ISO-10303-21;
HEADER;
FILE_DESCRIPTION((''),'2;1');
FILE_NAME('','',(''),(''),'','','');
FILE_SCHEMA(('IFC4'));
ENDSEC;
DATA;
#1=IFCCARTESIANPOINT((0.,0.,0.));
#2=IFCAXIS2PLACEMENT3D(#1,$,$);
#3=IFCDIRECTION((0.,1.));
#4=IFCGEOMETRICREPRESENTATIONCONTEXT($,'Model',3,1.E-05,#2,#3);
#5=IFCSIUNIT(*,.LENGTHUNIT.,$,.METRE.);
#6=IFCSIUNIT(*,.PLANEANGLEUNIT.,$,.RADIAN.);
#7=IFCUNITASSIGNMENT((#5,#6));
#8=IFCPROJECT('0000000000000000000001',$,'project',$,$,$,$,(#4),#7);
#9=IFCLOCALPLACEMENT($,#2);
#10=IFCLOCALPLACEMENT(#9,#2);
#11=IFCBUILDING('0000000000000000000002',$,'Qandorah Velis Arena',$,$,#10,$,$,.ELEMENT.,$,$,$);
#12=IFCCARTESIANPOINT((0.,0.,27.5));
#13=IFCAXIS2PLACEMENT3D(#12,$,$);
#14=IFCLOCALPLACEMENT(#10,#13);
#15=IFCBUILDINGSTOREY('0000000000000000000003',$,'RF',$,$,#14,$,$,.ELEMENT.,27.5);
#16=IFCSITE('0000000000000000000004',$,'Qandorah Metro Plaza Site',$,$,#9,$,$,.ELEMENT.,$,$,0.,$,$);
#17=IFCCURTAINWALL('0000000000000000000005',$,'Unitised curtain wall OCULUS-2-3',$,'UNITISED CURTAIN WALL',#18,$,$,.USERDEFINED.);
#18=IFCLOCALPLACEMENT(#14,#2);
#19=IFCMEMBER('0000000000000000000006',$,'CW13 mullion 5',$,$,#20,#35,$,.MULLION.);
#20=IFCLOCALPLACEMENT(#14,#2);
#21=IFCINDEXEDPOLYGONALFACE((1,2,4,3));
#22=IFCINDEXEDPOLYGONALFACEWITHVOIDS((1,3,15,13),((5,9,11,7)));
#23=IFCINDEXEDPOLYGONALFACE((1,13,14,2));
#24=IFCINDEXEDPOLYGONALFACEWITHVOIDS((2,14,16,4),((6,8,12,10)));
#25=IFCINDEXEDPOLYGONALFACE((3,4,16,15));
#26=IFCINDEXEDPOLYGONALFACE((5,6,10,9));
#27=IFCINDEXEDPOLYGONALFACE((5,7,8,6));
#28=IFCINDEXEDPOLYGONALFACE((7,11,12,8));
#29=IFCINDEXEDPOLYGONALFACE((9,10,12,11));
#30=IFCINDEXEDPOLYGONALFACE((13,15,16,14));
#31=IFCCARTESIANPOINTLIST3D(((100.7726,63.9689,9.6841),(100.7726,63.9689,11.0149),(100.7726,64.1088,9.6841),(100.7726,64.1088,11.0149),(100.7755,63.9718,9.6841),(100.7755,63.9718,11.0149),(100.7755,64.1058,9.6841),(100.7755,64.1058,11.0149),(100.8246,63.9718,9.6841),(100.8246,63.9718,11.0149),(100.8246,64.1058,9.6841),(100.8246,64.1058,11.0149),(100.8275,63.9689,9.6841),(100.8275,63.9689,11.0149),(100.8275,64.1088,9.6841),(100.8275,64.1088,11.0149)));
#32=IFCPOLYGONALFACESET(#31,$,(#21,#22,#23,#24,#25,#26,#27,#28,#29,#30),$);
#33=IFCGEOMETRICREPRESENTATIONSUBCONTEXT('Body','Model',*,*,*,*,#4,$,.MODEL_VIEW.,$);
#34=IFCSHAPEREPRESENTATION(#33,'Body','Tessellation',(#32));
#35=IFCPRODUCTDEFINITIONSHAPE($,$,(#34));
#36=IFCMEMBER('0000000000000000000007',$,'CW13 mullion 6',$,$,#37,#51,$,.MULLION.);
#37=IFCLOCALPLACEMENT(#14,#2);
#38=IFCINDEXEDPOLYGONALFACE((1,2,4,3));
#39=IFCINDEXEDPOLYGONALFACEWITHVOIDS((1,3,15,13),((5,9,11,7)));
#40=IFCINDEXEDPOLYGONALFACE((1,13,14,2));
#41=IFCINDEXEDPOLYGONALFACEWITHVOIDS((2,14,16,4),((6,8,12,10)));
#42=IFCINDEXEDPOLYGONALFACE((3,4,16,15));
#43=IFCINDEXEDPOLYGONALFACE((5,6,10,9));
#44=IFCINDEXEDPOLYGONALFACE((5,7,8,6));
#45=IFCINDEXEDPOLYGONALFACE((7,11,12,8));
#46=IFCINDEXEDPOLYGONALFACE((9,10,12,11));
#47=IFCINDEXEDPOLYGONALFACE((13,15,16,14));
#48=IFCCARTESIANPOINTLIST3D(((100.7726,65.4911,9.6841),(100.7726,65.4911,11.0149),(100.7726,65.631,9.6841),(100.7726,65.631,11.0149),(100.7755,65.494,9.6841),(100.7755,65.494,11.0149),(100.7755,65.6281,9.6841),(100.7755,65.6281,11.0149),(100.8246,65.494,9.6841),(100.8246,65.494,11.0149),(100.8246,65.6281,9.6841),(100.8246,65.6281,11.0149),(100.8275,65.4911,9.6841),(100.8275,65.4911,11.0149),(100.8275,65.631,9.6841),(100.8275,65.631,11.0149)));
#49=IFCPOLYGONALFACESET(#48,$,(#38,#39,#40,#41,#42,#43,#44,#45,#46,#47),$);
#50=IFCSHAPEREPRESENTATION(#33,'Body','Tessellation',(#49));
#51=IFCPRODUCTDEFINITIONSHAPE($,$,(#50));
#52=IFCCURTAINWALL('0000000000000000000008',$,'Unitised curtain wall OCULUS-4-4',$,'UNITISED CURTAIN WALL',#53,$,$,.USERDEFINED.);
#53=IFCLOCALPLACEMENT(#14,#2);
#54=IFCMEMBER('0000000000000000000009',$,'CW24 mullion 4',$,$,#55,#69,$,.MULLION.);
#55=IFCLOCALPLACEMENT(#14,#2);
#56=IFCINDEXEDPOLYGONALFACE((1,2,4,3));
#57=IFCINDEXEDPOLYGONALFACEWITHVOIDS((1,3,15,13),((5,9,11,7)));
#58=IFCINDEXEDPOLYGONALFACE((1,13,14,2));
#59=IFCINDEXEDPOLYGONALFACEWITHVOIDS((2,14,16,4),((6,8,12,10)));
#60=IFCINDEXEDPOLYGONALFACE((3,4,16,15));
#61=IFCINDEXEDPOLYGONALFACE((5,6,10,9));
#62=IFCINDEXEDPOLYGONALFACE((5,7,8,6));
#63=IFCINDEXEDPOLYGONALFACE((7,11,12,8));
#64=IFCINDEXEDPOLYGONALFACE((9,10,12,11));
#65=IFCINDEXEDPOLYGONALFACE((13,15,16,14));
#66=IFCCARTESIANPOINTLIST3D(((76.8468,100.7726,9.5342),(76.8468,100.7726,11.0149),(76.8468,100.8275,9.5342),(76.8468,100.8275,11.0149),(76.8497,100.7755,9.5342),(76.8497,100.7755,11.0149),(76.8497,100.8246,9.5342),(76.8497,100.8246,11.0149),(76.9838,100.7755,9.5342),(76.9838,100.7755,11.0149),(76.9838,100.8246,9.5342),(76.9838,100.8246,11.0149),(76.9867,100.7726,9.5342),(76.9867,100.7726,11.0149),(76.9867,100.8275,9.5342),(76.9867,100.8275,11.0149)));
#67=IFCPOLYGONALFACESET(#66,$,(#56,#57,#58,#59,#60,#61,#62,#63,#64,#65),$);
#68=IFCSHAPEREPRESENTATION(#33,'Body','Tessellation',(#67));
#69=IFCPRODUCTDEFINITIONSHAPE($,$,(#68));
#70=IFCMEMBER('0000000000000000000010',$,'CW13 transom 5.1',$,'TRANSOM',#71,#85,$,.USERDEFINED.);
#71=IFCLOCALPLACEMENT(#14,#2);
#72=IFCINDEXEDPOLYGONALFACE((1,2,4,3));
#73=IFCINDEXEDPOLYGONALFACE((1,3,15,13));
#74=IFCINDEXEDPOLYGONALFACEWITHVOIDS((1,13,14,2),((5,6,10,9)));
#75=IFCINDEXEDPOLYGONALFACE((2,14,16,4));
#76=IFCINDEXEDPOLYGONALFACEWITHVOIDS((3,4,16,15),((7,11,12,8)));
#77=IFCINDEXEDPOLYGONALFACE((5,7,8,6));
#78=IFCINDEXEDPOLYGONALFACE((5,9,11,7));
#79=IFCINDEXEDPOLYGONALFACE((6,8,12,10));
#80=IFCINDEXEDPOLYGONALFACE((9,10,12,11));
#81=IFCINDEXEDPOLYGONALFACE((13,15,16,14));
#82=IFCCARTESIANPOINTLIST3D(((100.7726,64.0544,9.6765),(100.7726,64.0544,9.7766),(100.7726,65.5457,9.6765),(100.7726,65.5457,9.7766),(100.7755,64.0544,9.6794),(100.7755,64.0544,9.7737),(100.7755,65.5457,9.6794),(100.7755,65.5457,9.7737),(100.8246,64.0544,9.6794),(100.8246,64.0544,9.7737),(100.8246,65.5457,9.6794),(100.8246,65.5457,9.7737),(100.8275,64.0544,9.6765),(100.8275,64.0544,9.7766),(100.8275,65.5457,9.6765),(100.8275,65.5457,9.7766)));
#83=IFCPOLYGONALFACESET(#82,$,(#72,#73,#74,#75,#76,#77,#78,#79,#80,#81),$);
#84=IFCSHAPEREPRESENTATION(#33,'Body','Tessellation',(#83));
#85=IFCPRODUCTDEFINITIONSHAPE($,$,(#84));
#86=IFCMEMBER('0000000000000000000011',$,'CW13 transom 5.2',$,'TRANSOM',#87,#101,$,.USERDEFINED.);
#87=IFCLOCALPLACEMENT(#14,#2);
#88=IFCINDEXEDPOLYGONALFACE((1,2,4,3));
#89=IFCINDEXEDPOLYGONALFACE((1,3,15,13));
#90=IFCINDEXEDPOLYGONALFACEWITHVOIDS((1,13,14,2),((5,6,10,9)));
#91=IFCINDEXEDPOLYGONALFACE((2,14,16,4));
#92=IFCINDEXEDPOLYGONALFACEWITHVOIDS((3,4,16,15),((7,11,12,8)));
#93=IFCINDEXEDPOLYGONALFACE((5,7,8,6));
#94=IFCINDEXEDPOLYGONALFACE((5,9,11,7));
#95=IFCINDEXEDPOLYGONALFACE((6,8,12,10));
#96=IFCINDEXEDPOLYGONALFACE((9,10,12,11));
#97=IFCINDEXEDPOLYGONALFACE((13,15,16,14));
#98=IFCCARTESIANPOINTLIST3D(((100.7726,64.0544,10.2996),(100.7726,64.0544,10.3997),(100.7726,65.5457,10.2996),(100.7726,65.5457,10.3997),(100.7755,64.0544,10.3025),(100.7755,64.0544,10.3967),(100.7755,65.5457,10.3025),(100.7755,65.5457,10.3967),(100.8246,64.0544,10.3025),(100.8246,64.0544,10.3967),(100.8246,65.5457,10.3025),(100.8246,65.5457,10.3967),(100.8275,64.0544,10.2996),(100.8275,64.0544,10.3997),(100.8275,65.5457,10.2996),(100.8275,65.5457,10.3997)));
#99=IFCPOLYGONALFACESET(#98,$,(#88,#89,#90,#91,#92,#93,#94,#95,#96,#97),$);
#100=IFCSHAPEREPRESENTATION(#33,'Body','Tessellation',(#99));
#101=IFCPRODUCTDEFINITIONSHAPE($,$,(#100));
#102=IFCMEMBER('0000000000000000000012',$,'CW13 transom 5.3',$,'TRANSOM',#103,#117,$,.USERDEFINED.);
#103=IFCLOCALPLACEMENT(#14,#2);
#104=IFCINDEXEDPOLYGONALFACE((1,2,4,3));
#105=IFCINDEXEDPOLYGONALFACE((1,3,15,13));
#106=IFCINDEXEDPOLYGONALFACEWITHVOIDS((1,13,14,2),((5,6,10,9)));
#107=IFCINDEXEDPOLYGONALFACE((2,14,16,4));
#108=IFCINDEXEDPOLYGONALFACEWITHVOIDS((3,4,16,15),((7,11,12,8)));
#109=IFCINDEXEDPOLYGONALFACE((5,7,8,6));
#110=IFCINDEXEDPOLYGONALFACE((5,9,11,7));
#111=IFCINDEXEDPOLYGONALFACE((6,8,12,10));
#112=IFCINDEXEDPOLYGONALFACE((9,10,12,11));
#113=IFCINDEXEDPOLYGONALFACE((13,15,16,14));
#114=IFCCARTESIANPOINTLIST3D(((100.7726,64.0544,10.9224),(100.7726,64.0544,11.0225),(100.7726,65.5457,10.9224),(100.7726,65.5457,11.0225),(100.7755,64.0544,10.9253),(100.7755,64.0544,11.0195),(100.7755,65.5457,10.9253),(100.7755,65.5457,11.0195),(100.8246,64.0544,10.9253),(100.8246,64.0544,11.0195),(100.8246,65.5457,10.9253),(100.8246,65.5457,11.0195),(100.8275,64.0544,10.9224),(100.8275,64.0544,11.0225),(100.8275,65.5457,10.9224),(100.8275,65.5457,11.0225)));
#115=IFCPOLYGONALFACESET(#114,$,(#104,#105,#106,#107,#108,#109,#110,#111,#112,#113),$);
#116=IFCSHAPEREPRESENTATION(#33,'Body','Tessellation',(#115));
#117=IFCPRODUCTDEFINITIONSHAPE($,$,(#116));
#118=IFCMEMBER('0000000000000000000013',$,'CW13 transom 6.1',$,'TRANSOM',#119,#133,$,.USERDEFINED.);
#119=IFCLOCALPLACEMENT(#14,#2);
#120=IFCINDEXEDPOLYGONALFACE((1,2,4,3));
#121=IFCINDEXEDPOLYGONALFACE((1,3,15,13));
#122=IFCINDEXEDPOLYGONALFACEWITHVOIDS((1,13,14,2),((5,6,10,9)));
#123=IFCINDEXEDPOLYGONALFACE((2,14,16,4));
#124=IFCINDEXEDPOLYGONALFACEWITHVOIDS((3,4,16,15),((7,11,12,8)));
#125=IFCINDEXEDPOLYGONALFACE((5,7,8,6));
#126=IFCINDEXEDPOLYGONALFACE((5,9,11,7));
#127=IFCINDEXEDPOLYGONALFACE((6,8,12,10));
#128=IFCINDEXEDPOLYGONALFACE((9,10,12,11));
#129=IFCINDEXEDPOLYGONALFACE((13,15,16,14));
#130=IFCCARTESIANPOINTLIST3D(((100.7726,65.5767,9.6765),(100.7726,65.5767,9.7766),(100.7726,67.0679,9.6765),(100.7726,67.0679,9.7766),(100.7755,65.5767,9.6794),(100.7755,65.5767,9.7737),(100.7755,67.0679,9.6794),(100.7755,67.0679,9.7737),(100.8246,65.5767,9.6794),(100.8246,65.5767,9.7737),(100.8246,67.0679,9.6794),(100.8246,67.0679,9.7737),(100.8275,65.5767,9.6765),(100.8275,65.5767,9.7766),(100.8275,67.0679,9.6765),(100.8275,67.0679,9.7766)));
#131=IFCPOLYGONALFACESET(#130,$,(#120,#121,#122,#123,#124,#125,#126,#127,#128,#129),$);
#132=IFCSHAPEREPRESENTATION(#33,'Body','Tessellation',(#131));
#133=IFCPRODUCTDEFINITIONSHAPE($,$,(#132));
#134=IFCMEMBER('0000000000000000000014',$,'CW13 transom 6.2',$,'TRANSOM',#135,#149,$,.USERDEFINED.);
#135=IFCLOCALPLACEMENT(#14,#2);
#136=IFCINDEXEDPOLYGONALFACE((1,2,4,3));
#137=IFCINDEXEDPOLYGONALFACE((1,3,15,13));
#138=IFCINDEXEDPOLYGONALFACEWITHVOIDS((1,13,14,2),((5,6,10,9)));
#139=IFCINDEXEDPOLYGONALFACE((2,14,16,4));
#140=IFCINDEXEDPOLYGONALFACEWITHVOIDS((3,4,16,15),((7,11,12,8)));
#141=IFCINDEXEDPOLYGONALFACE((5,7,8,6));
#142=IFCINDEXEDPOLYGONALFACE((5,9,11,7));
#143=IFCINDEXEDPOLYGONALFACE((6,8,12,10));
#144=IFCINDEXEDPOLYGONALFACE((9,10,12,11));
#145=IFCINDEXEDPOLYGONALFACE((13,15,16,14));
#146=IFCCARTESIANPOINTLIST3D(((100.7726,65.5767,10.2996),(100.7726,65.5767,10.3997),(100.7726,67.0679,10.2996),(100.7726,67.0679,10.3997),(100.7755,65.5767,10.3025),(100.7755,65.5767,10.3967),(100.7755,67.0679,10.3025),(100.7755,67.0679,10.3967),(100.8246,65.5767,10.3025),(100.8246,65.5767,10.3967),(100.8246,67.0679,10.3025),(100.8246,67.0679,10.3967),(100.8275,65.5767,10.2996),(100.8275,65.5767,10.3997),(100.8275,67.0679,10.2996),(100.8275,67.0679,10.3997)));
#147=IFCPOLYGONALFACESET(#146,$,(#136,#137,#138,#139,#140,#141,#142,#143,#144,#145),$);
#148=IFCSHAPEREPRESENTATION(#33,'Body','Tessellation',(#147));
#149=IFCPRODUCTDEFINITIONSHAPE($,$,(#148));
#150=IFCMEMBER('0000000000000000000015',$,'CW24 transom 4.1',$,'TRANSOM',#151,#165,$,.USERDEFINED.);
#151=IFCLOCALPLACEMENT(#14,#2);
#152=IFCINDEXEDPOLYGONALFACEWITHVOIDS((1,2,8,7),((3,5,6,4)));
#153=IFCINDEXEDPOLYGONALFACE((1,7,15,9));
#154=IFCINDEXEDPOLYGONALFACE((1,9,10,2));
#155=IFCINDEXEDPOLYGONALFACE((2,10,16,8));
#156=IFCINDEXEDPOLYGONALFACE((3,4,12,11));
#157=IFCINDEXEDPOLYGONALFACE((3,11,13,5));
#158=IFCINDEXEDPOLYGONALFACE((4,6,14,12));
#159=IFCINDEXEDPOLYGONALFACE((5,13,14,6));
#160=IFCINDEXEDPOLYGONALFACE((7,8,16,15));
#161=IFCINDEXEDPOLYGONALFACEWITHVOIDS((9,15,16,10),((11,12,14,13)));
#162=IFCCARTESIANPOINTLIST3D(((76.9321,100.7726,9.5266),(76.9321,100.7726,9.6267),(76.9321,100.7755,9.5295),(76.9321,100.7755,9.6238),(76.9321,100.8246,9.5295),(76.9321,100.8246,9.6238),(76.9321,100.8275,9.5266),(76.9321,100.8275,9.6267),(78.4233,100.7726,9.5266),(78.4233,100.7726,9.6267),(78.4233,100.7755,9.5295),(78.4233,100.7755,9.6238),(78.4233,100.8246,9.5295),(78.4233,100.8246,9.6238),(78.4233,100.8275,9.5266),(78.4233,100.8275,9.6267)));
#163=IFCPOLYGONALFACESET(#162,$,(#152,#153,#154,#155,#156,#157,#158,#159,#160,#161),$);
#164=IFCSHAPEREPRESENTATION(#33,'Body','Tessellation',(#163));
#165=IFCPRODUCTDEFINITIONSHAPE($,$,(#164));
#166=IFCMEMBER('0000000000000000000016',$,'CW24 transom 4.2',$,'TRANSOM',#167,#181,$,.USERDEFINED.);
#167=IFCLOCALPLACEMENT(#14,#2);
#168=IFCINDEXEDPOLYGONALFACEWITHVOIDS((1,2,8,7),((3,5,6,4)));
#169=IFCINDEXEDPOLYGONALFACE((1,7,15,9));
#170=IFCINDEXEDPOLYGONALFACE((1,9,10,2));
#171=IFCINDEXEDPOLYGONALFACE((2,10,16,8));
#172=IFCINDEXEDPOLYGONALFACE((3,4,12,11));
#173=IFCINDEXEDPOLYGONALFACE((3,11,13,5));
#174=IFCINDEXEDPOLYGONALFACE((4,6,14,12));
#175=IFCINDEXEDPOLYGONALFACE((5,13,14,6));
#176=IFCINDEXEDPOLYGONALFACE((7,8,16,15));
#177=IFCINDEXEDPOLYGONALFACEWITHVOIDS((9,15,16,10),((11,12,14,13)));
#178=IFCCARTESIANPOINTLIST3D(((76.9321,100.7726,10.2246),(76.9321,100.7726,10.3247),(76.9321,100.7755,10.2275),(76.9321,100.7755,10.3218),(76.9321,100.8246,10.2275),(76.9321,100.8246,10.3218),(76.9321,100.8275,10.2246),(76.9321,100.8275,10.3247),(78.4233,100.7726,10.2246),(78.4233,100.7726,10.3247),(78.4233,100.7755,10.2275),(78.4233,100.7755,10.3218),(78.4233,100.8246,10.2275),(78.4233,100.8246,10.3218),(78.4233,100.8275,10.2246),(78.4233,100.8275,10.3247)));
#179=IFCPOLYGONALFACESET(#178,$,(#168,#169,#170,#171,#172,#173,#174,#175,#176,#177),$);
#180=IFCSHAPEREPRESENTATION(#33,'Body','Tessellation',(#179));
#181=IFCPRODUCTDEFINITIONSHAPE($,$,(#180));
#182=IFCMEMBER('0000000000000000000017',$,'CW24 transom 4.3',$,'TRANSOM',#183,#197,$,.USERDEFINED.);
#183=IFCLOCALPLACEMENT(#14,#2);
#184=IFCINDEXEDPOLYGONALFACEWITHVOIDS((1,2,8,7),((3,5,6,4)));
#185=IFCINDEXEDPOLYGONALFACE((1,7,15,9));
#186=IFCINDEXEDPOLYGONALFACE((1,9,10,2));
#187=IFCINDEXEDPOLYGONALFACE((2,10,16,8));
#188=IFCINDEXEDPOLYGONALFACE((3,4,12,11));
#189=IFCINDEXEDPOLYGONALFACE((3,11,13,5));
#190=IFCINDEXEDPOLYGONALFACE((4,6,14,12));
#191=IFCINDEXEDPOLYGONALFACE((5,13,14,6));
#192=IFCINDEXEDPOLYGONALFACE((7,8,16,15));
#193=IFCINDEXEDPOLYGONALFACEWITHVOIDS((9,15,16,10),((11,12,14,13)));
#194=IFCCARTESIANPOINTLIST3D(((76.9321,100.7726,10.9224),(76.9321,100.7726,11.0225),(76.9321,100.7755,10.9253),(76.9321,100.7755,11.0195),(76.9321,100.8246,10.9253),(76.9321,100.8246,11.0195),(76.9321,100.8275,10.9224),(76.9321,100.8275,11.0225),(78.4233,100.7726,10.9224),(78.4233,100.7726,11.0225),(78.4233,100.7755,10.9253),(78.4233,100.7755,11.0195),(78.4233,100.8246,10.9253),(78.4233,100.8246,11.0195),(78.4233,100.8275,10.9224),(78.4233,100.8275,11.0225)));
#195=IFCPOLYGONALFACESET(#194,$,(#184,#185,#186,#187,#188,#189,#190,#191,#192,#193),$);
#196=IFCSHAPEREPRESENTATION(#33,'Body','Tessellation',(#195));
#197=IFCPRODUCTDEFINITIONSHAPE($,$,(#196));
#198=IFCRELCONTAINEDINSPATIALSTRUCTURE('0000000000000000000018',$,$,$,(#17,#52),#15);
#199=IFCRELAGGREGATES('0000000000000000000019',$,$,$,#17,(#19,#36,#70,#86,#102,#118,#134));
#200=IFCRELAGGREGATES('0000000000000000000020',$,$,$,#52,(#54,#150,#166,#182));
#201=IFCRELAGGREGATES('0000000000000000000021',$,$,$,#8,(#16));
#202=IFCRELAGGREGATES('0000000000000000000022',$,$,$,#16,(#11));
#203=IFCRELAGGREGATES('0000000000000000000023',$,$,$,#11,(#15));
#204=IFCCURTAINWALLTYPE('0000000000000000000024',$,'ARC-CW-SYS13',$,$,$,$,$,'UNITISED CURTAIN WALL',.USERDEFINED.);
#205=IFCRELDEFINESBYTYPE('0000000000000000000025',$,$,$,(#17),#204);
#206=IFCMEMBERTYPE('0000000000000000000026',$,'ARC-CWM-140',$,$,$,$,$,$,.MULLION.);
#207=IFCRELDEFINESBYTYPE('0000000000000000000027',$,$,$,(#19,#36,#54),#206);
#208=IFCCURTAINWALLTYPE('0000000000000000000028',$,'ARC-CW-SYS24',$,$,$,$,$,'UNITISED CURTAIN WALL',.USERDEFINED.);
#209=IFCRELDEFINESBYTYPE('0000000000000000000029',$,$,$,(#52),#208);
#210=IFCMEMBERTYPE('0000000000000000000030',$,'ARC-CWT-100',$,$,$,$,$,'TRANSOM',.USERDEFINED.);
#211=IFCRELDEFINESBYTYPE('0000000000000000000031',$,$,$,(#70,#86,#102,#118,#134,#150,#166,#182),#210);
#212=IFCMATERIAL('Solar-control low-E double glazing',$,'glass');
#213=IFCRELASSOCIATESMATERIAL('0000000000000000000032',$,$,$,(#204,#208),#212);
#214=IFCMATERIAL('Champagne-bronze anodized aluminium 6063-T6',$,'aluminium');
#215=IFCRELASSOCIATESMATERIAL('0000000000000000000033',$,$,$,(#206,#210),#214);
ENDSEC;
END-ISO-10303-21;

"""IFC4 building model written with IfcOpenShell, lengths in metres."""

from ifc_helpers import new_model, si_unit, direction, frame, origin, origin_2d, place, context, subcontext, project, spatial, hollow_rectangle, extrude, material, material_profile, profile_set, type_object, element, aggregate, save


model = new_model("IFC4")

# Units and contexts
model_context = context("Model", 3, precision=1e-05, world=origin(), true_north=direction((0.0, 1.0)))
body_context = subcontext(model_context, "Body", "Model", "MODEL_VIEW")
ifc_project = project(units=[si_unit("LENGTHUNIT", "METRE"), si_unit("PLANEANGLEUNIT", "RADIAN")], contexts=[model_context])

# Site, building, storey
site_placement = place(None, origin())
site = spatial("IfcSite", under=ifc_project, at=site_placement, Name="Qandorah Metro Plaza Site", CompositionType="ELEMENT", RefElevation=0.0)
building_placement = place(site_placement, origin())
building = spatial("IfcBuilding", under=site, at=building_placement, Name="Qandorah Velis Arena", CompositionType="ELEMENT")
storey_placement = place(building_placement, frame((0.0, 0.0, 27.5)))
storey = spatial("IfcBuildingStorey", under=building, at=storey_placement, Name="RF", CompositionType="ELEMENT", Elevation=27.5)

# Curtain wall, members
ifc_material_1 = material(Name="Solar-control low-E double glazing", Category="glass")
curtain_wall_type_1 = type_object("IfcCurtainWallType", Name="ARC-CW-SYS13", ElementType="UNITISED CURTAIN WALL", PredefinedType="USERDEFINED", material=ifc_material_1)
curtain_wall_1_placement = place(storey_placement, origin())
curtain_wall_1 = element("IfcCurtainWall", 1, at=curtain_wall_1_placement, inside=storey, type_object=curtain_wall_type_1, Name="Unitised curtain wall OCULUS-2-3", ObjectType="UNITISED CURTAIN WALL", PredefinedType="USERDEFINED")
ifc_material_2 = material(Name="Champagne-bronze anodized aluminium 6063-T6", Category="aluminium")
ifc_material_profile_1 = material_profile(ifc_material_2, hollow_rectangle(XDim=0.0549, YDim=0.1399, WallThickness=0.0029, at=origin_2d()), Name="ALU MULLION 55x140")
ifc_profile_set_1 = profile_set([ifc_material_profile_1], Name="Champagne-bronze anodized aluminium 6063-T6")
member_type_1 = type_object("IfcMemberType", Name="ARC-CWM-140", PredefinedType="MULLION", material=ifc_profile_set_1)
member_1_placement = place(storey_placement, frame((100.8, 64.0388, 9.6841), z_axis=(0.0, 0.0, 1.0), x_axis=(-1.0, 0.0, 0.0)))
member_1 = element("IfcMember", 2, at=member_1_placement, type_object=member_type_1, Name="CW13 mullion 5", PredefinedType="MULLION", context=body_context, shape_type="SweptSolid", body=[
    extrude(hollow_rectangle(XDim=0.0549, YDim=0.1399, WallThickness=0.0029, at=origin_2d()), origin(), (0.0, 0.0, 1.0), 1.3308),
])
member_2_placement = place(storey_placement, frame((100.8, 65.561, 9.6841), z_axis=(0.0, 0.0, 1.0), x_axis=(-1.0, 0.0, 0.0)))
member_2 = element("IfcMember", 3, at=member_2_placement, type_object=member_type_1, Name="CW13 mullion 6", PredefinedType="MULLION", context=body_context, shape_type="SweptSolid", body=[
    extrude(hollow_rectangle(XDim=0.0549, YDim=0.1399, WallThickness=0.0029, at=origin_2d()), origin(), (0.0, 0.0, 1.0), 1.3308),
])

# Curtain wall, member
curtain_wall_type_2 = type_object("IfcCurtainWallType", Name="ARC-CW-SYS24", ElementType="UNITISED CURTAIN WALL", PredefinedType="USERDEFINED", material=ifc_material_1)
curtain_wall_2_placement = place(storey_placement, origin())
curtain_wall_2 = element("IfcCurtainWall", 4, at=curtain_wall_2_placement, inside=storey, type_object=curtain_wall_type_2, Name="Unitised curtain wall OCULUS-4-4", ObjectType="UNITISED CURTAIN WALL", PredefinedType="USERDEFINED")
member_3_placement = place(storey_placement, frame((76.9167, 100.8, 9.5342), z_axis=(0.0, 0.0, 1.0), x_axis=(0.0, 1.0, 0.0)))
member_3 = element("IfcMember", 5, at=member_3_placement, type_object=member_type_1, Name="CW24 mullion 4", PredefinedType="MULLION", context=body_context, shape_type="SweptSolid", body=[
    extrude(hollow_rectangle(XDim=0.0549, YDim=0.1399, WallThickness=0.0029, at=origin_2d()), origin(), (0.0, 0.0, 1.0), 1.4807),
])

# Members
ifc_material_profile_2 = material_profile(ifc_material_2, hollow_rectangle(XDim=0.0549, YDim=0.1001, WallThickness=0.0029, at=origin_2d()), Name="ALU TRANSOM 55x100")
ifc_profile_set_2 = profile_set([ifc_material_profile_2], Name="Champagne-bronze anodized aluminium 6063-T6")
member_type_2 = type_object("IfcMemberType", Name="ARC-CWT-100", ElementType="TRANSOM", PredefinedType="USERDEFINED", material=ifc_profile_set_2)
member_4_placement = place(storey_placement, frame((100.8, 64.0544, 9.7266), z_axis=(0.0, 1.0, 0.0), x_axis=(-1.0, 0.0, 0.0)))
member_4 = element("IfcMember", 6, at=member_4_placement, type_object=member_type_2, Name="CW13 transom 5.1", ObjectType="TRANSOM", PredefinedType="USERDEFINED", context=body_context, shape_type="SweptSolid", body=[
    extrude(hollow_rectangle(XDim=0.0549, YDim=0.1001, WallThickness=0.0029, at=origin_2d()), origin(), (0.0, 0.0, 1.0), 1.4912),
])
member_5_placement = place(storey_placement, frame((100.8, 64.0544, 10.3496), z_axis=(0.0, 1.0, 0.0), x_axis=(-1.0, 0.0, 0.0)))
member_5 = element("IfcMember", 7, at=member_5_placement, type_object=member_type_2, Name="CW13 transom 5.2", ObjectType="TRANSOM", PredefinedType="USERDEFINED", context=body_context, shape_type="SweptSolid", body=[
    extrude(hollow_rectangle(XDim=0.0549, YDim=0.1001, WallThickness=0.0029, at=origin_2d()), origin(), (0.0, 0.0, 1.0), 1.4912),
])
member_6_placement = place(storey_placement, frame((100.8, 64.0544, 10.9724), z_axis=(0.0, 1.0, 0.0), x_axis=(-1.0, 0.0, 0.0)))
member_6 = element("IfcMember", 8, at=member_6_placement, type_object=member_type_2, Name="CW13 transom 5.3", ObjectType="TRANSOM", PredefinedType="USERDEFINED", context=body_context, shape_type="SweptSolid", body=[
    extrude(hollow_rectangle(XDim=0.0549, YDim=0.1001, WallThickness=0.0029, at=origin_2d()), origin(), (0.0, 0.0, 1.0), 1.4912),
])
member_7_placement = place(storey_placement, frame((100.8, 65.5767, 9.7266), z_axis=(0.0, 1.0, 0.0), x_axis=(-1.0, 0.0, 0.0)))
member_7 = element("IfcMember", 9, at=member_7_placement, type_object=member_type_2, Name="CW13 transom 6.1", ObjectType="TRANSOM", PredefinedType="USERDEFINED", context=body_context, shape_type="SweptSolid", body=[
    extrude(hollow_rectangle(XDim=0.0549, YDim=0.1001, WallThickness=0.0029, at=origin_2d()), origin(), (0.0, 0.0, 1.0), 1.4912),
])
member_8_placement = place(storey_placement, frame((100.8, 65.5767, 10.3496), z_axis=(0.0, 1.0, 0.0), x_axis=(-1.0, 0.0, 0.0)))
member_8 = element("IfcMember", 10, at=member_8_placement, type_object=member_type_2, Name="CW13 transom 6.2", ObjectType="TRANSOM", PredefinedType="USERDEFINED", context=body_context, shape_type="SweptSolid", body=[
    extrude(hollow_rectangle(XDim=0.0549, YDim=0.1001, WallThickness=0.0029, at=origin_2d()), origin(), (0.0, 0.0, 1.0), 1.4912),
])
member_9_placement = place(storey_placement, frame((76.9321, 100.8, 9.5767), z_axis=(1.0, 0.0, 0.0), x_axis=(0.0, 1.0, 0.0)))
member_9 = element("IfcMember", 11, at=member_9_placement, type_object=member_type_2, Name="CW24 transom 4.1", ObjectType="TRANSOM", PredefinedType="USERDEFINED", context=body_context, shape_type="SweptSolid", body=[
    extrude(hollow_rectangle(XDim=0.0549, YDim=0.1001, WallThickness=0.0029, at=origin_2d()), origin(), (0.0, 0.0, 1.0), 1.4912),
])
member_10_placement = place(storey_placement, frame((76.9321, 100.8, 10.2747), z_axis=(1.0, 0.0, 0.0), x_axis=(0.0, 1.0, 0.0)))
member_10 = element("IfcMember", 12, at=member_10_placement, type_object=member_type_2, Name="CW24 transom 4.2", ObjectType="TRANSOM", PredefinedType="USERDEFINED", context=body_context, shape_type="SweptSolid", body=[
    extrude(hollow_rectangle(XDim=0.0549, YDim=0.1001, WallThickness=0.0029, at=origin_2d()), origin(), (0.0, 0.0, 1.0), 1.4912),
])
member_11_placement = place(storey_placement, frame((76.9321, 100.8, 10.9724), z_axis=(1.0, 0.0, 0.0), x_axis=(0.0, 1.0, 0.0)))
member_11 = element("IfcMember", 13, at=member_11_placement, type_object=member_type_2, Name="CW24 transom 4.3", ObjectType="TRANSOM", PredefinedType="USERDEFINED", context=body_context, shape_type="SweptSolid", body=[
    extrude(hollow_rectangle(XDim=0.0549, YDim=0.1001, WallThickness=0.0029, at=origin_2d()), origin(), (0.0, 0.0, 1.0), 1.4912),
])

aggregate(curtain_wall_1, [member_1, member_2, member_4, member_5, member_6, member_7, member_8])
aggregate(curtain_wall_2, [member_3, member_9, member_10, member_11])

save(model, "model.ifc")
